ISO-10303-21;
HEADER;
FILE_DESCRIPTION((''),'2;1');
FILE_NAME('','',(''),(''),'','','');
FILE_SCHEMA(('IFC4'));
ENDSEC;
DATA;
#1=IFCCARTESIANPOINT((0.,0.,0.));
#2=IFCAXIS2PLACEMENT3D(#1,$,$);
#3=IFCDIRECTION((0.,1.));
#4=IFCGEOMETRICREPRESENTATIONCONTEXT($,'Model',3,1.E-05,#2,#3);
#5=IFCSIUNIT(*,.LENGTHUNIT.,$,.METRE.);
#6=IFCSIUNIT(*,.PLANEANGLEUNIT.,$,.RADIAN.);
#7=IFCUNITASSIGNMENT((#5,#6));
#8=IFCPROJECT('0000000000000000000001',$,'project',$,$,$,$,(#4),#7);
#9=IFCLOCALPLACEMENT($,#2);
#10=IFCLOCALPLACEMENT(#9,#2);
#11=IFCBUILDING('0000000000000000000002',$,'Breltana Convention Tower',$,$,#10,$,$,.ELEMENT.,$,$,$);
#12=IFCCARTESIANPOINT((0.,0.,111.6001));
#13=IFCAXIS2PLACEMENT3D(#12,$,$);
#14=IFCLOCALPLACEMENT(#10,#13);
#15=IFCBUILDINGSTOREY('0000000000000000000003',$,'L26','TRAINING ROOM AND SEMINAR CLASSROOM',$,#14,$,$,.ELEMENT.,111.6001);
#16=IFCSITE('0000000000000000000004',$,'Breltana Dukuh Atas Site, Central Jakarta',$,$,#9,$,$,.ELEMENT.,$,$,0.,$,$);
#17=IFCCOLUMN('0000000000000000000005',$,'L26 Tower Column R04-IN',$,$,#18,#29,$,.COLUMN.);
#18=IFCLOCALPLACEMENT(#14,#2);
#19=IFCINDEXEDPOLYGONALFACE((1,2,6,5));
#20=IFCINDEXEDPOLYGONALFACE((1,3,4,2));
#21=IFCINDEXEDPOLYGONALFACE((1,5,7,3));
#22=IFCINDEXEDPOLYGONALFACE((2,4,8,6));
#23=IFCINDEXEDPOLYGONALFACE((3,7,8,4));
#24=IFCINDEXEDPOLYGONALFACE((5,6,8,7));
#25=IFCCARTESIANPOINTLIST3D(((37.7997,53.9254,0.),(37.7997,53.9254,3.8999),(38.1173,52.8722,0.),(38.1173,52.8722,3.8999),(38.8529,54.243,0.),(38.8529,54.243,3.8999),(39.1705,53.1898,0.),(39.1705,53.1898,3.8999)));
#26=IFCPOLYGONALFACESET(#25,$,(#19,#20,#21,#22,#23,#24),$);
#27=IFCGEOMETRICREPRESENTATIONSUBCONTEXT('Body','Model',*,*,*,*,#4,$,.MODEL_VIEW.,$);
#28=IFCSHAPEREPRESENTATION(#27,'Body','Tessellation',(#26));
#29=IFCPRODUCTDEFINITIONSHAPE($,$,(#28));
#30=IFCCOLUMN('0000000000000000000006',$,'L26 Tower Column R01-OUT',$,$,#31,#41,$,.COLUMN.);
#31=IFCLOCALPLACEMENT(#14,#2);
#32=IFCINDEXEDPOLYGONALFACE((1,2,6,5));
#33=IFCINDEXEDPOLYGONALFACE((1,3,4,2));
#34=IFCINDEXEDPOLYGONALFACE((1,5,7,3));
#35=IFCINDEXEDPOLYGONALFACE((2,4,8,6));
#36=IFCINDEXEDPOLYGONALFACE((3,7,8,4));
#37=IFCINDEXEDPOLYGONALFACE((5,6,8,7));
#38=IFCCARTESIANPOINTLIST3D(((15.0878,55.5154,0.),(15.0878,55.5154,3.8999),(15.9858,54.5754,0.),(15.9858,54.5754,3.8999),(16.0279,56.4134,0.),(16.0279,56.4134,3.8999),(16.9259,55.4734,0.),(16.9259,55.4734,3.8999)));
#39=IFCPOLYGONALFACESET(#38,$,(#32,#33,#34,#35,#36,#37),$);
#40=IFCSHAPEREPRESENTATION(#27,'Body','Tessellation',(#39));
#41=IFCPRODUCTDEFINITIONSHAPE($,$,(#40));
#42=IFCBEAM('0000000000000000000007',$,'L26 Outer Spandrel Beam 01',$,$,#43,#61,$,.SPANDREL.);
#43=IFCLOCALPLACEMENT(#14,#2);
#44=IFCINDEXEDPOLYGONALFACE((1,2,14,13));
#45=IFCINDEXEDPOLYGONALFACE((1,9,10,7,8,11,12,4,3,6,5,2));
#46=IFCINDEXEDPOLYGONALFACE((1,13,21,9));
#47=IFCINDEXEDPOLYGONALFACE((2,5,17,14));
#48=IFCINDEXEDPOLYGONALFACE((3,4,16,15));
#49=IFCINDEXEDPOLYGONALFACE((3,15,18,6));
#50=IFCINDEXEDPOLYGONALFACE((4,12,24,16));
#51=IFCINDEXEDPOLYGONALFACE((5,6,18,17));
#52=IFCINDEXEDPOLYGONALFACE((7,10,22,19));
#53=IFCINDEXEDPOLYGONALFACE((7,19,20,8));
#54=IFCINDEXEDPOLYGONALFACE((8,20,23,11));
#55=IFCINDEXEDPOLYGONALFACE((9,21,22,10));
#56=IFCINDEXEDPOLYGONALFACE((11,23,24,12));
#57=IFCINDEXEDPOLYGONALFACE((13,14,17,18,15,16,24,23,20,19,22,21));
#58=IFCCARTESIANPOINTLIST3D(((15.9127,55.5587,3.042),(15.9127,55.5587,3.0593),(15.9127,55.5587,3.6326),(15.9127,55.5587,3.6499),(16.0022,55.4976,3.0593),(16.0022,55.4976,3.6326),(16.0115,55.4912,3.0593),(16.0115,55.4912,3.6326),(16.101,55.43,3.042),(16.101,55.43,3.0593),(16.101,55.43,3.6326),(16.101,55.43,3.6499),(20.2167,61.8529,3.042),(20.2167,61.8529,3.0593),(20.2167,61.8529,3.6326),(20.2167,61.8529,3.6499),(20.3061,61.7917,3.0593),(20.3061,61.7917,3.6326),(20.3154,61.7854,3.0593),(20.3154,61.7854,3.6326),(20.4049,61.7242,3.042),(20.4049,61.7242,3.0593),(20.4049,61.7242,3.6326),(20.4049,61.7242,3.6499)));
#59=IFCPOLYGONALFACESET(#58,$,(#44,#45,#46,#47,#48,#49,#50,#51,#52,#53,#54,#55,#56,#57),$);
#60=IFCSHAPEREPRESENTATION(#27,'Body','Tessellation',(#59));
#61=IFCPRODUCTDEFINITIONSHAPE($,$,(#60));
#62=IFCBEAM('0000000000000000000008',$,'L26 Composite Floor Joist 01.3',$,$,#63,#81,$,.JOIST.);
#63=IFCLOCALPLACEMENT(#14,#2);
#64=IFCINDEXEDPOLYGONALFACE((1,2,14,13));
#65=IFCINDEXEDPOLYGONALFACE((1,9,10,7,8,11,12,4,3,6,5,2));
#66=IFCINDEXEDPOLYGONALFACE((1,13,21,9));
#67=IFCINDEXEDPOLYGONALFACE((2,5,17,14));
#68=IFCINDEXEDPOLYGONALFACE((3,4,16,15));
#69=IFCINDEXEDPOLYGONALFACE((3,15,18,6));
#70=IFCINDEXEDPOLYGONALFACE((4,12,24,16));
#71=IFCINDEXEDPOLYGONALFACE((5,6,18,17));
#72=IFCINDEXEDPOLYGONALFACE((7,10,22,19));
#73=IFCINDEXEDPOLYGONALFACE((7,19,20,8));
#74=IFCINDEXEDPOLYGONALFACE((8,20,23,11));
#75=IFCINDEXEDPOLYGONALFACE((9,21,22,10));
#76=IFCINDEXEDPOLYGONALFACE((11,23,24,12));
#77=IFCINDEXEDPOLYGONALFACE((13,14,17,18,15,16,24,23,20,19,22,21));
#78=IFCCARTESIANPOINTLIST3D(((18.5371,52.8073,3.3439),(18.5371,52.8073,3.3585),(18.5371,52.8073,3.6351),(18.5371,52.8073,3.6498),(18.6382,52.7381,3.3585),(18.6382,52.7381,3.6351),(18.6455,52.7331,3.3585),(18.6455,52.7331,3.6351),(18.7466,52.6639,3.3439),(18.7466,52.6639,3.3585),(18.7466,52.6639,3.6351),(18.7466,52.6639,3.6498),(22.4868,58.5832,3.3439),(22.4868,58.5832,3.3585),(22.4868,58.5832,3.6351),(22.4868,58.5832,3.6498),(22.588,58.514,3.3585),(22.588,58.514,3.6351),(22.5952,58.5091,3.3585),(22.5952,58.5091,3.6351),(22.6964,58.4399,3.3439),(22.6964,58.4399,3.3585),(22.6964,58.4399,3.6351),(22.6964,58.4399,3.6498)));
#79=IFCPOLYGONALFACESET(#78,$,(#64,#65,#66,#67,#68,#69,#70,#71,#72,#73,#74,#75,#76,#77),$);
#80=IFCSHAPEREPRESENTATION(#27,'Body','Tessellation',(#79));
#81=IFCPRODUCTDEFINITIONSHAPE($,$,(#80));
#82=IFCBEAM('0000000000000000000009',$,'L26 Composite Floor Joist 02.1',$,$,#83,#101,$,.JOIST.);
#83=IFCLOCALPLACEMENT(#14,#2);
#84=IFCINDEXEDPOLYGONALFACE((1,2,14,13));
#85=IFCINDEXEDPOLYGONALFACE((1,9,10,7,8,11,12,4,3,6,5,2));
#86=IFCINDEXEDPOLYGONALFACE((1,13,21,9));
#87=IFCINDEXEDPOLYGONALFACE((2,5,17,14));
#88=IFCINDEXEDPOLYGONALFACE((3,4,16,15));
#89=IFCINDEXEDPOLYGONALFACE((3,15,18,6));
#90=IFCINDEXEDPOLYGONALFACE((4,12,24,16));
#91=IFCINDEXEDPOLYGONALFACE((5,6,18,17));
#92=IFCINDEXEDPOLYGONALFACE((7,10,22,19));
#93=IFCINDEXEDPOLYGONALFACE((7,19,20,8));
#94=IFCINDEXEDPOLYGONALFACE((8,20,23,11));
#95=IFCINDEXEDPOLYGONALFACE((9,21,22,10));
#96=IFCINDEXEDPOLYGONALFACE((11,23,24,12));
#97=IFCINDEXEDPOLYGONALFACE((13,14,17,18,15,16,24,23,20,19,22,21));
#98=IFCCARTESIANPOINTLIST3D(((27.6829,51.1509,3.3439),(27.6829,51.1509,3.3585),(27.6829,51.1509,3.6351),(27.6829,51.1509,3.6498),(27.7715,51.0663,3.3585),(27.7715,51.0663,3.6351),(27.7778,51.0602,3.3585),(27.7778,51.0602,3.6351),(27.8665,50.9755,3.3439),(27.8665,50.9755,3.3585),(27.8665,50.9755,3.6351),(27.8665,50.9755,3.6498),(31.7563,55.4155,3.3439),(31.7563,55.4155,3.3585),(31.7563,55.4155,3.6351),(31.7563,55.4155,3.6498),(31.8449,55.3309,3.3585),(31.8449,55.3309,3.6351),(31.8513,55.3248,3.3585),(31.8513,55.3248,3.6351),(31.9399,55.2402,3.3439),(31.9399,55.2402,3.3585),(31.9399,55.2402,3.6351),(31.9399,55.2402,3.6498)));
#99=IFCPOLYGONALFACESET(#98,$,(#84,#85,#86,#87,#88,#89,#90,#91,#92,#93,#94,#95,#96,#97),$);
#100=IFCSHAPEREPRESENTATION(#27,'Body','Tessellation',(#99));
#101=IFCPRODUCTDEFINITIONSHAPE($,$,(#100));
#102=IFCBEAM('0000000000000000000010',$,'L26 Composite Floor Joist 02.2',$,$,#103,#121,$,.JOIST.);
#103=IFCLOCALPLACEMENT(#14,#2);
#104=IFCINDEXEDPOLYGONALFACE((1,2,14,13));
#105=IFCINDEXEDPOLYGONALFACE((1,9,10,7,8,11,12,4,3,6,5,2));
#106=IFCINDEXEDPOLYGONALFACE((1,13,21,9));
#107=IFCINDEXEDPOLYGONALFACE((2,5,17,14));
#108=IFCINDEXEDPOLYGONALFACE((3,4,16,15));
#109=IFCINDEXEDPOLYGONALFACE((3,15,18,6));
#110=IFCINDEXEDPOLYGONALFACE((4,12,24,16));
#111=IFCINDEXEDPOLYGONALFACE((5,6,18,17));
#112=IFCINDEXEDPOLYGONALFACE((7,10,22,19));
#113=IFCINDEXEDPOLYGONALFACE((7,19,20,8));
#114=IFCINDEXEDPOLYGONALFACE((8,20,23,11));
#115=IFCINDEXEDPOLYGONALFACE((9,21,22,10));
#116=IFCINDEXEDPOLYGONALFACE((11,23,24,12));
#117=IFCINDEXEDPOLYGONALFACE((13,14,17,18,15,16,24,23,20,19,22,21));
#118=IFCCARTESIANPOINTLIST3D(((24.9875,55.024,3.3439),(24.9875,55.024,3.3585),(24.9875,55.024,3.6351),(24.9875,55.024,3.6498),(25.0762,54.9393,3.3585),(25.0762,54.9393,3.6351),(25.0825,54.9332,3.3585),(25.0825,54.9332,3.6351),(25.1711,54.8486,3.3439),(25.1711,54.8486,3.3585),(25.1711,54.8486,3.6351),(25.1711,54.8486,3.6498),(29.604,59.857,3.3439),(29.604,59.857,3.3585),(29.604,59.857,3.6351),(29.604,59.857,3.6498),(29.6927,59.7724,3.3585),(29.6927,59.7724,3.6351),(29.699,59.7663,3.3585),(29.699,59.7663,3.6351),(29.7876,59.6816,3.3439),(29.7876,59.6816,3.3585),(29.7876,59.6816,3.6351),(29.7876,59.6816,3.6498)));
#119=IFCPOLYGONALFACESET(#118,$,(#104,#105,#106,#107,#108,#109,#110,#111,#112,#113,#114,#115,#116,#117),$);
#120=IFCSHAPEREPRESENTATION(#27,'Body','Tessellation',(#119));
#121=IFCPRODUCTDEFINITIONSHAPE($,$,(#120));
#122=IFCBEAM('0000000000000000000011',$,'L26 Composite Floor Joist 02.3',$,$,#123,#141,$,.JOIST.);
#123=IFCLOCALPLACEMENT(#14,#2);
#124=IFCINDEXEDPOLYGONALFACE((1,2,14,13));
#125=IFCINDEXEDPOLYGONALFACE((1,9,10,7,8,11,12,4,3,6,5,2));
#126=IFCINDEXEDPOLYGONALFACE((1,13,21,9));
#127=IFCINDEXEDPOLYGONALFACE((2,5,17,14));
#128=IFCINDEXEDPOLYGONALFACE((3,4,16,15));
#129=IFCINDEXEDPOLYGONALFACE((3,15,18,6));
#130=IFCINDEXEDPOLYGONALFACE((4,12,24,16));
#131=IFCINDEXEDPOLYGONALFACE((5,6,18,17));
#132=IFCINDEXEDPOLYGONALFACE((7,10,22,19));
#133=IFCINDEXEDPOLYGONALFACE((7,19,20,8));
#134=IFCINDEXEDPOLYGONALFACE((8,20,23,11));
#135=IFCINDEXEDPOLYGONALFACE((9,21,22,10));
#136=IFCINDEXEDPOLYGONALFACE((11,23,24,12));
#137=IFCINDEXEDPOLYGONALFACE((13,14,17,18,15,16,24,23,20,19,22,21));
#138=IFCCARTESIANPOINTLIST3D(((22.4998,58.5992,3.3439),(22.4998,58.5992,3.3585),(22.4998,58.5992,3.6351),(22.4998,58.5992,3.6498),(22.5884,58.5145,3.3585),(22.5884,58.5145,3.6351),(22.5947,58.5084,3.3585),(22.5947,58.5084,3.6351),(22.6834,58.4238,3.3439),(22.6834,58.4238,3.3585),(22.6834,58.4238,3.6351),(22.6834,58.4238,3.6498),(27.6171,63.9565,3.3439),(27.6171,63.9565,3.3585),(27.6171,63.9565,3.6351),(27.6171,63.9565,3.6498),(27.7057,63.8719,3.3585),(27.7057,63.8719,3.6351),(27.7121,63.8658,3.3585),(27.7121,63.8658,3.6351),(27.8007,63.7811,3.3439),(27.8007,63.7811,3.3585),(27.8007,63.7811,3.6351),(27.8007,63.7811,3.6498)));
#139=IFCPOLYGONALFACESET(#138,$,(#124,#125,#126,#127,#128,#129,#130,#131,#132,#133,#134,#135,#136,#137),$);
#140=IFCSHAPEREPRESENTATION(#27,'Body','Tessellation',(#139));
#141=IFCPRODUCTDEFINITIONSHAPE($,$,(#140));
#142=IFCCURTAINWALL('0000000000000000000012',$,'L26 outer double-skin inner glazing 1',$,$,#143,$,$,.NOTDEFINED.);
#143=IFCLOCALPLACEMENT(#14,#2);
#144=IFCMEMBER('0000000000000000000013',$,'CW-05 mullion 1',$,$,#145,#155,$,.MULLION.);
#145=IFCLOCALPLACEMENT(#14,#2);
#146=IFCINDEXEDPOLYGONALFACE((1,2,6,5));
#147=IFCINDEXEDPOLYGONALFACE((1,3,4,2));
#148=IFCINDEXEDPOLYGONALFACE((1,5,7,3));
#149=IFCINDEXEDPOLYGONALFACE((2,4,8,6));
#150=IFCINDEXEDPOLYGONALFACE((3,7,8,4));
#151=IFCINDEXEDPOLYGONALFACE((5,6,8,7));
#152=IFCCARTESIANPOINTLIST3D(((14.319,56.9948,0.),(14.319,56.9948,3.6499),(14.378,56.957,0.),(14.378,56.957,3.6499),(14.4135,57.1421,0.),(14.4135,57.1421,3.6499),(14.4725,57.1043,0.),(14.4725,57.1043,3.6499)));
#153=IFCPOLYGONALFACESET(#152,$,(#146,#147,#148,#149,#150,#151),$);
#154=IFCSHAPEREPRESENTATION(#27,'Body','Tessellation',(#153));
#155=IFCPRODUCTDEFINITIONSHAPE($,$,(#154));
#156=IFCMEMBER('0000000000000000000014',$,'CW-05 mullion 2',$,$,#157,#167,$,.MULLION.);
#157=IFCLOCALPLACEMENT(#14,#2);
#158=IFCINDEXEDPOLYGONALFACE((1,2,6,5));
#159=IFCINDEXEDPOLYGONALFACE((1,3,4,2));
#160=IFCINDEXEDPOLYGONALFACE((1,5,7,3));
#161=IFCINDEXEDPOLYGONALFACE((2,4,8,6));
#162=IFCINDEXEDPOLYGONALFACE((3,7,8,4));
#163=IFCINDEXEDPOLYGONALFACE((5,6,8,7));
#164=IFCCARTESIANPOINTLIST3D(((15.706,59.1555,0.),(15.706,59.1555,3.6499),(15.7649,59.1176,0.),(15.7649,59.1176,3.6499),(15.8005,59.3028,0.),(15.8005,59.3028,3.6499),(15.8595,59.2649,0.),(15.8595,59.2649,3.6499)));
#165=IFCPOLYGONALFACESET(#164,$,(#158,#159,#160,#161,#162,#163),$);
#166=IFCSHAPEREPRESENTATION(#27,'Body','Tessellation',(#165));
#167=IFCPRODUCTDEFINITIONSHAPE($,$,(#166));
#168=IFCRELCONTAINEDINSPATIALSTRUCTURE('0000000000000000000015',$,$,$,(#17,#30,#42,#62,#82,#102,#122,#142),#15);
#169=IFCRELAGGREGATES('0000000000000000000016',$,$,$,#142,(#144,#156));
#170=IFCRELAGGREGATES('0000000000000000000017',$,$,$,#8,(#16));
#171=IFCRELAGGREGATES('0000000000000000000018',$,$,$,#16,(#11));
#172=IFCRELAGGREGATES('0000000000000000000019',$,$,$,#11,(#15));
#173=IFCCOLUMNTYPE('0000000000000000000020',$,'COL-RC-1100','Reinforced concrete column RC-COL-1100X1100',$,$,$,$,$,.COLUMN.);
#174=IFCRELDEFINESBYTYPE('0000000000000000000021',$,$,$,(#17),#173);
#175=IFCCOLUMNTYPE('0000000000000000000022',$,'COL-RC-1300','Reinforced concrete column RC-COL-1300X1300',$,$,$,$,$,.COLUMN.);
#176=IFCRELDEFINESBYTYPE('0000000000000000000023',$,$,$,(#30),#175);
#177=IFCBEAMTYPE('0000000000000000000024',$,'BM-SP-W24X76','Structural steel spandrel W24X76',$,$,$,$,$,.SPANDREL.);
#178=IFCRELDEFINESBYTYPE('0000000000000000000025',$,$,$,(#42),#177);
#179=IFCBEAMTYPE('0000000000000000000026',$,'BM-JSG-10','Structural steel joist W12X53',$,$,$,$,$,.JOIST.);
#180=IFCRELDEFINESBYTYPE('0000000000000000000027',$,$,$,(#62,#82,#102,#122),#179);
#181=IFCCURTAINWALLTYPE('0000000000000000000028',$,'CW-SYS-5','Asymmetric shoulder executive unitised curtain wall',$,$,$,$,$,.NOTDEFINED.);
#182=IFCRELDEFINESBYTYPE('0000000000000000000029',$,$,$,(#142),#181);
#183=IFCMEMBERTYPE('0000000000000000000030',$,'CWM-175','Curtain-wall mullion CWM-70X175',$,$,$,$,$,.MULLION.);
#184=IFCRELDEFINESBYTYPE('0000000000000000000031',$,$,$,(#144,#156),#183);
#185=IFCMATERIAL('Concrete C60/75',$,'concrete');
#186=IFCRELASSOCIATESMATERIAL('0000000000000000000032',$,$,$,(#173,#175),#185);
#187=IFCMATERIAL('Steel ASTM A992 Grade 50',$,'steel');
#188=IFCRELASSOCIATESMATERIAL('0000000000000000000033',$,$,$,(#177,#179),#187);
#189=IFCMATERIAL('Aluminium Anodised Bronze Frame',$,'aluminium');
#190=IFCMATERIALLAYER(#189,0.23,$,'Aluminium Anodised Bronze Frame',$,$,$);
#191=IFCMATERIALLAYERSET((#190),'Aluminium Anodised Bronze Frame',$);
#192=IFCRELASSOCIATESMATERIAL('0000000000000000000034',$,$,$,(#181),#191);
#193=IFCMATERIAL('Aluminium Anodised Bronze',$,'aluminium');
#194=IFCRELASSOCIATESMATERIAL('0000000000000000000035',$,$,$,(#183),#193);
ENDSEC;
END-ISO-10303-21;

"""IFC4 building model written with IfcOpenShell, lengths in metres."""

from ifc_helpers import new_model, si_unit, direction, frame, origin, origin_2d, place, context, subcontext, project, spatial, rectangle, i_section, extrude, source, transform, mapped, material, layer, layer_set, material_profile, profile_set, type_object, type_shapes, element, aggregate, save


model = new_model("IFC4")

# Units and contexts
model_context = context("Model", 3, precision=1e-05, world=origin(), true_north=direction((0.0, 1.0)))
body_context = subcontext(model_context, "Body", "Model", "MODEL_VIEW")
ifc_project = project(units=[si_unit("LENGTHUNIT", "METRE"), si_unit("PLANEANGLEUNIT", "RADIAN")], contexts=[model_context])

# Site, building, storey
site_placement = place(None, origin())
site = spatial("IfcSite", under=ifc_project, at=site_placement, Name="Breltana Dukuh Atas Site, Central Jakarta", CompositionType="ELEMENT", RefElevation=0.0)
building_placement = place(site_placement, origin())
building = spatial("IfcBuilding", under=site, at=building_placement, Name="Breltana Convention Tower", CompositionType="ELEMENT")
storey_placement = place(building_placement, frame((0.0, 0.0, 111.6001)))
storey = spatial("IfcBuildingStorey", under=building, at=storey_placement, Name="L26", Description="TRAINING ROOM AND SEMINAR CLASSROOM", CompositionType="ELEMENT", Elevation=111.6001)

# Columns
ifc_material_1 = material(Name="Concrete C60/75", Category="concrete")
ifc_material_profile_1 = material_profile(ifc_material_1, rectangle(XDim=1.1001, YDim=1.1001, at=origin_2d()), Name="RC-COL-1100X1100")
ifc_profile_set_1 = profile_set([ifc_material_profile_1], Name="Concrete C60/75")
column_type_1 = type_object("IfcColumnType", Name="COL-RC-1100", Description="Reinforced concrete column RC-COL-1100X1100", PredefinedType="COLUMN", material=ifc_profile_set_1)
shared_shape_1 = source(origin(), body_context, "Body", "SweptSolid", [
    extrude(rectangle(XDim=1.1001, YDim=1.1001, at=origin_2d()), origin(), (0.0, 0.0, 1.0), 3.8999),
])
column_1_placement = place(storey_placement, frame((38.4851, 53.5576, 0.0), z_axis=(0.0, 0.0, 1.0), x_axis=(-0.288698, 0.95742, 0.0)))
element("IfcColumn", 1, at=column_1_placement, inside=storey, type_object=column_type_1, Name="L26 Tower Column R04-IN", PredefinedType="COLUMN", context=body_context, shape_type="MappedRepresentation", body=[
    mapped(shared_shape_1, transform((0.0, 0.0, 0.0), scale=1.0)),
])
ifc_material_profile_2 = material_profile(ifc_material_1, rectangle(XDim=1.3, YDim=1.3, at=origin_2d()), Name="RC-COL-1300X1300")
ifc_profile_set_2 = profile_set([ifc_material_profile_2], Name="Concrete C60/75")
column_type_2 = type_object("IfcColumnType", Name="COL-RC-1300", Description="Reinforced concrete column RC-COL-1300X1300", PredefinedType="COLUMN", material=ifc_profile_set_2)
shared_shape_2 = source(origin(), body_context, "Body", "SweptSolid", [
    extrude(rectangle(XDim=1.3, YDim=1.3, at=origin_2d()), origin(), (0.0, 0.0, 1.0), 3.8999),
])
column_2_placement = place(storey_placement, frame((16.0068, 55.4944, 0.0), z_axis=(0.0, 0.0, 1.0), x_axis=(-0.690756, 0.723088, 0.0)))
element("IfcColumn", 2, at=column_2_placement, inside=storey, type_object=column_type_2, Name="L26 Tower Column R01-OUT", PredefinedType="COLUMN", context=body_context, shape_type="MappedRepresentation", body=[
    mapped(shared_shape_2, transform((0.0, 0.0, 0.0), scale=1.0)),
])

# Beams
ifc_material_2 = material(Name="Steel ASTM A992 Grade 50", Category="steel")
ifc_material_profile_3 = material_profile(ifc_material_2, i_section(OverallWidth=0.228, OverallDepth=0.6079, WebThickness=0.0112, FlangeThickness=0.0173, at=origin_2d()), Name="W24X76")
ifc_profile_set_3 = profile_set([ifc_material_profile_3], Name="Steel ASTM A992 Grade 50")
beam_type_1 = type_object("IfcBeamType", Name="BM-SP-W24X76", Description="Structural steel spandrel W24X76", PredefinedType="SPANDREL", material=ifc_profile_set_3)
shared_shape_3 = source(origin(), body_context, "Body", "SweptSolid", [
    extrude(i_section(OverallWidth=0.228, OverallDepth=0.6079, WebThickness=0.0112, FlangeThickness=0.0173, at=origin_2d()), origin(), (0.0, 0.0, 1.0), 7.625),
])
type_shapes(beam_type_1, [shared_shape_3])
beam_1_placement = place(storey_placement, frame((16.0068, 55.4944, 3.3459), z_axis=(0.564452, 0.825466, 0.0), x_axis=(-0.825466, 0.564452, 0.0)))
element("IfcBeam", 3, at=beam_1_placement, inside=storey, type_object=beam_type_1, Name="L26 Outer Spandrel Beam 01", PredefinedType="SPANDREL", context=body_context, shape_type="MappedRepresentation", body=[
    mapped(shared_shape_3, transform((0.0, 0.0, 0.0), scale=1.0)),
])
ifc_material_profile_4 = material_profile(ifc_material_2, i_section(OverallWidth=0.2539, OverallDepth=0.3059, WebThickness=0.0088, FlangeThickness=0.0146, at=origin_2d()), Name="W12X53")
ifc_profile_set_4 = profile_set([ifc_material_profile_4], Name="Steel ASTM A992 Grade 50")
beam_type_2 = type_object("IfcBeamType", Name="BM-JSG-10", Description="Structural steel joist W12X53", PredefinedType="JOIST", material=ifc_profile_set_4)
shared_shape_4 = source(origin(), body_context, "Body", "SweptSolid", [
    extrude(i_section(OverallWidth=0.2539, OverallDepth=0.3059, WebThickness=0.0088, FlangeThickness=0.0146, at=origin_2d()), origin(), (0.0, 0.0, 1.0), 6.9973),
])
beam_2_placement = place(storey_placement, frame((18.6418, 52.7356, 3.4968), z_axis=(0.564469, 0.825454, 0.0), x_axis=(-0.825454, 0.564469, 0.0)))
element("IfcBeam", 4, at=beam_2_placement, inside=storey, type_object=beam_type_2, Name="L26 Composite Floor Joist 01.3", PredefinedType="JOIST", context=body_context, shape_type="MappedRepresentation", body=[
    mapped(shared_shape_4, transform((0.0, 0.0, 0.0), scale=1.0)),
])
shared_shape_5 = source(origin(), body_context, "Body", "SweptSolid", [
    extrude(i_section(OverallWidth=0.2539, OverallDepth=0.3059, WebThickness=0.0088, FlangeThickness=0.0146, at=origin_2d()), origin(), (0.0, 0.0, 1.0), 5.8975),
])
beam_3_placement = place(storey_placement, frame((27.7747, 51.0632, 3.4968), z_axis=(0.690714, 0.723128, 0.0), x_axis=(-0.723128, 0.690714, 0.0)))
element("IfcBeam", 5, at=beam_3_placement, inside=storey, type_object=beam_type_2, Name="L26 Composite Floor Joist 02.1", PredefinedType="JOIST", context=body_context, shape_type="MappedRepresentation", body=[
    mapped(shared_shape_5, transform((0.0, 0.0, 0.0), scale=1.0)),
])
shared_shape_6 = source(origin(), body_context, "Body", "SweptSolid", [
    extrude(i_section(OverallWidth=0.2539, OverallDepth=0.3059, WebThickness=0.0088, FlangeThickness=0.0146, at=origin_2d()), origin(), (0.0, 0.0, 1.0), 6.6836),
])
beam_4_placement = place(storey_placement, frame((25.0793, 54.9363, 3.4968), z_axis=(0.690721, 0.723122, 0.0), x_axis=(-0.723122, 0.690721, 0.0)))
element("IfcBeam", 6, at=beam_4_placement, inside=storey, type_object=beam_type_2, Name="L26 Composite Floor Joist 02.2", PredefinedType="JOIST", context=body_context, shape_type="MappedRepresentation", body=[
    mapped(shared_shape_6, transform((0.0, 0.0, 0.0), scale=1.0)),
])
shared_shape_7 = source(origin(), body_context, "Body", "SweptSolid", [
    extrude(i_section(OverallWidth=0.2539, OverallDepth=0.3059, WebThickness=0.0088, FlangeThickness=0.0146, at=origin_2d()), origin(), (0.0, 0.0, 1.0), 7.4087),
])
beam_5_placement = place(storey_placement, frame((22.5916, 58.5115, 3.4968), z_axis=(0.690725, 0.723118, 0.0), x_axis=(-0.723118, 0.690725, 0.0)))
element("IfcBeam", 7, at=beam_5_placement, inside=storey, type_object=beam_type_2, Name="L26 Composite Floor Joist 02.3", PredefinedType="JOIST", context=body_context, shape_type="MappedRepresentation", body=[
    mapped(shared_shape_7, transform((0.0, 0.0, 0.0), scale=1.0)),
])

# Curtain wall, members
ifc_material_3 = material(Name="Aluminium Anodised Bronze Frame", Category="aluminium")
ifc_layer_1 = layer(ifc_material_3, 0.23, Name="Aluminium Anodised Bronze Frame")
ifc_layer_set_1 = layer_set([ifc_layer_1], Name="Aluminium Anodised Bronze Frame")
curtain_wall_type = type_object("IfcCurtainWallType", Name="CW-SYS-5", Description="Asymmetric shoulder executive unitised curtain wall", PredefinedType="NOTDEFINED", material=ifc_layer_set_1)
curtain_wall_placement = place(storey_placement, origin())
curtain_wall = element("IfcCurtainWall", 8, at=curtain_wall_placement, inside=storey, type_object=curtain_wall_type, Name="L26 outer double-skin inner glazing 1", PredefinedType="NOTDEFINED")
ifc_material_4 = material(Name="Aluminium Anodised Bronze", Category="aluminium")
ifc_material_profile_5 = material_profile(ifc_material_4, rectangle(XDim=0.0701, YDim=0.175, at=origin_2d()), Name="CWM-70X175")
ifc_profile_set_5 = profile_set([ifc_material_profile_5], Name="Aluminium Anodised Bronze")
member_type_1 = type_object("IfcMemberType", Name="CWM-175", Description="Curtain-wall mullion CWM-70X175", PredefinedType="MULLION", material=ifc_profile_set_5)
shared_shape_8 = source(origin(), body_context, "Body", "SweptSolid", [
    extrude(rectangle(XDim=0.0701, YDim=0.175, at=origin_2d()), origin(), (0.0, 0.0, 1.0), 3.6499),
])
member_1_placement = place(storey_placement, frame((14.3958, 57.0496, 0.0), z_axis=(0.0, 0.0, 1.0), x_axis=(-0.841552, 0.540177, 0.0)))
member_1 = element("IfcMember", 9, at=member_1_placement, type_object=member_type_1, Name="CW-05 mullion 1", PredefinedType="MULLION", context=body_context, shape_type="MappedRepresentation", body=[
    mapped(shared_shape_8, transform((0.0, 0.0, 0.0), scale=1.0)),
])
member_2_placement = place(storey_placement, frame((15.7827, 59.2102, 0.0), z_axis=(0.0, 0.0, 1.0), x_axis=(-0.841552, 0.540177, 0.0)))
member_2 = element("IfcMember", 10, at=member_2_placement, type_object=member_type_1, Name="CW-05 mullion 2", PredefinedType="MULLION", context=body_context, shape_type="MappedRepresentation", body=[
    mapped(shared_shape_8, transform((0.0, 0.0, 0.0), scale=1.0)),
])
aggregate(curtain_wall, [member_1, member_2])

save(model, "model.ifc")
